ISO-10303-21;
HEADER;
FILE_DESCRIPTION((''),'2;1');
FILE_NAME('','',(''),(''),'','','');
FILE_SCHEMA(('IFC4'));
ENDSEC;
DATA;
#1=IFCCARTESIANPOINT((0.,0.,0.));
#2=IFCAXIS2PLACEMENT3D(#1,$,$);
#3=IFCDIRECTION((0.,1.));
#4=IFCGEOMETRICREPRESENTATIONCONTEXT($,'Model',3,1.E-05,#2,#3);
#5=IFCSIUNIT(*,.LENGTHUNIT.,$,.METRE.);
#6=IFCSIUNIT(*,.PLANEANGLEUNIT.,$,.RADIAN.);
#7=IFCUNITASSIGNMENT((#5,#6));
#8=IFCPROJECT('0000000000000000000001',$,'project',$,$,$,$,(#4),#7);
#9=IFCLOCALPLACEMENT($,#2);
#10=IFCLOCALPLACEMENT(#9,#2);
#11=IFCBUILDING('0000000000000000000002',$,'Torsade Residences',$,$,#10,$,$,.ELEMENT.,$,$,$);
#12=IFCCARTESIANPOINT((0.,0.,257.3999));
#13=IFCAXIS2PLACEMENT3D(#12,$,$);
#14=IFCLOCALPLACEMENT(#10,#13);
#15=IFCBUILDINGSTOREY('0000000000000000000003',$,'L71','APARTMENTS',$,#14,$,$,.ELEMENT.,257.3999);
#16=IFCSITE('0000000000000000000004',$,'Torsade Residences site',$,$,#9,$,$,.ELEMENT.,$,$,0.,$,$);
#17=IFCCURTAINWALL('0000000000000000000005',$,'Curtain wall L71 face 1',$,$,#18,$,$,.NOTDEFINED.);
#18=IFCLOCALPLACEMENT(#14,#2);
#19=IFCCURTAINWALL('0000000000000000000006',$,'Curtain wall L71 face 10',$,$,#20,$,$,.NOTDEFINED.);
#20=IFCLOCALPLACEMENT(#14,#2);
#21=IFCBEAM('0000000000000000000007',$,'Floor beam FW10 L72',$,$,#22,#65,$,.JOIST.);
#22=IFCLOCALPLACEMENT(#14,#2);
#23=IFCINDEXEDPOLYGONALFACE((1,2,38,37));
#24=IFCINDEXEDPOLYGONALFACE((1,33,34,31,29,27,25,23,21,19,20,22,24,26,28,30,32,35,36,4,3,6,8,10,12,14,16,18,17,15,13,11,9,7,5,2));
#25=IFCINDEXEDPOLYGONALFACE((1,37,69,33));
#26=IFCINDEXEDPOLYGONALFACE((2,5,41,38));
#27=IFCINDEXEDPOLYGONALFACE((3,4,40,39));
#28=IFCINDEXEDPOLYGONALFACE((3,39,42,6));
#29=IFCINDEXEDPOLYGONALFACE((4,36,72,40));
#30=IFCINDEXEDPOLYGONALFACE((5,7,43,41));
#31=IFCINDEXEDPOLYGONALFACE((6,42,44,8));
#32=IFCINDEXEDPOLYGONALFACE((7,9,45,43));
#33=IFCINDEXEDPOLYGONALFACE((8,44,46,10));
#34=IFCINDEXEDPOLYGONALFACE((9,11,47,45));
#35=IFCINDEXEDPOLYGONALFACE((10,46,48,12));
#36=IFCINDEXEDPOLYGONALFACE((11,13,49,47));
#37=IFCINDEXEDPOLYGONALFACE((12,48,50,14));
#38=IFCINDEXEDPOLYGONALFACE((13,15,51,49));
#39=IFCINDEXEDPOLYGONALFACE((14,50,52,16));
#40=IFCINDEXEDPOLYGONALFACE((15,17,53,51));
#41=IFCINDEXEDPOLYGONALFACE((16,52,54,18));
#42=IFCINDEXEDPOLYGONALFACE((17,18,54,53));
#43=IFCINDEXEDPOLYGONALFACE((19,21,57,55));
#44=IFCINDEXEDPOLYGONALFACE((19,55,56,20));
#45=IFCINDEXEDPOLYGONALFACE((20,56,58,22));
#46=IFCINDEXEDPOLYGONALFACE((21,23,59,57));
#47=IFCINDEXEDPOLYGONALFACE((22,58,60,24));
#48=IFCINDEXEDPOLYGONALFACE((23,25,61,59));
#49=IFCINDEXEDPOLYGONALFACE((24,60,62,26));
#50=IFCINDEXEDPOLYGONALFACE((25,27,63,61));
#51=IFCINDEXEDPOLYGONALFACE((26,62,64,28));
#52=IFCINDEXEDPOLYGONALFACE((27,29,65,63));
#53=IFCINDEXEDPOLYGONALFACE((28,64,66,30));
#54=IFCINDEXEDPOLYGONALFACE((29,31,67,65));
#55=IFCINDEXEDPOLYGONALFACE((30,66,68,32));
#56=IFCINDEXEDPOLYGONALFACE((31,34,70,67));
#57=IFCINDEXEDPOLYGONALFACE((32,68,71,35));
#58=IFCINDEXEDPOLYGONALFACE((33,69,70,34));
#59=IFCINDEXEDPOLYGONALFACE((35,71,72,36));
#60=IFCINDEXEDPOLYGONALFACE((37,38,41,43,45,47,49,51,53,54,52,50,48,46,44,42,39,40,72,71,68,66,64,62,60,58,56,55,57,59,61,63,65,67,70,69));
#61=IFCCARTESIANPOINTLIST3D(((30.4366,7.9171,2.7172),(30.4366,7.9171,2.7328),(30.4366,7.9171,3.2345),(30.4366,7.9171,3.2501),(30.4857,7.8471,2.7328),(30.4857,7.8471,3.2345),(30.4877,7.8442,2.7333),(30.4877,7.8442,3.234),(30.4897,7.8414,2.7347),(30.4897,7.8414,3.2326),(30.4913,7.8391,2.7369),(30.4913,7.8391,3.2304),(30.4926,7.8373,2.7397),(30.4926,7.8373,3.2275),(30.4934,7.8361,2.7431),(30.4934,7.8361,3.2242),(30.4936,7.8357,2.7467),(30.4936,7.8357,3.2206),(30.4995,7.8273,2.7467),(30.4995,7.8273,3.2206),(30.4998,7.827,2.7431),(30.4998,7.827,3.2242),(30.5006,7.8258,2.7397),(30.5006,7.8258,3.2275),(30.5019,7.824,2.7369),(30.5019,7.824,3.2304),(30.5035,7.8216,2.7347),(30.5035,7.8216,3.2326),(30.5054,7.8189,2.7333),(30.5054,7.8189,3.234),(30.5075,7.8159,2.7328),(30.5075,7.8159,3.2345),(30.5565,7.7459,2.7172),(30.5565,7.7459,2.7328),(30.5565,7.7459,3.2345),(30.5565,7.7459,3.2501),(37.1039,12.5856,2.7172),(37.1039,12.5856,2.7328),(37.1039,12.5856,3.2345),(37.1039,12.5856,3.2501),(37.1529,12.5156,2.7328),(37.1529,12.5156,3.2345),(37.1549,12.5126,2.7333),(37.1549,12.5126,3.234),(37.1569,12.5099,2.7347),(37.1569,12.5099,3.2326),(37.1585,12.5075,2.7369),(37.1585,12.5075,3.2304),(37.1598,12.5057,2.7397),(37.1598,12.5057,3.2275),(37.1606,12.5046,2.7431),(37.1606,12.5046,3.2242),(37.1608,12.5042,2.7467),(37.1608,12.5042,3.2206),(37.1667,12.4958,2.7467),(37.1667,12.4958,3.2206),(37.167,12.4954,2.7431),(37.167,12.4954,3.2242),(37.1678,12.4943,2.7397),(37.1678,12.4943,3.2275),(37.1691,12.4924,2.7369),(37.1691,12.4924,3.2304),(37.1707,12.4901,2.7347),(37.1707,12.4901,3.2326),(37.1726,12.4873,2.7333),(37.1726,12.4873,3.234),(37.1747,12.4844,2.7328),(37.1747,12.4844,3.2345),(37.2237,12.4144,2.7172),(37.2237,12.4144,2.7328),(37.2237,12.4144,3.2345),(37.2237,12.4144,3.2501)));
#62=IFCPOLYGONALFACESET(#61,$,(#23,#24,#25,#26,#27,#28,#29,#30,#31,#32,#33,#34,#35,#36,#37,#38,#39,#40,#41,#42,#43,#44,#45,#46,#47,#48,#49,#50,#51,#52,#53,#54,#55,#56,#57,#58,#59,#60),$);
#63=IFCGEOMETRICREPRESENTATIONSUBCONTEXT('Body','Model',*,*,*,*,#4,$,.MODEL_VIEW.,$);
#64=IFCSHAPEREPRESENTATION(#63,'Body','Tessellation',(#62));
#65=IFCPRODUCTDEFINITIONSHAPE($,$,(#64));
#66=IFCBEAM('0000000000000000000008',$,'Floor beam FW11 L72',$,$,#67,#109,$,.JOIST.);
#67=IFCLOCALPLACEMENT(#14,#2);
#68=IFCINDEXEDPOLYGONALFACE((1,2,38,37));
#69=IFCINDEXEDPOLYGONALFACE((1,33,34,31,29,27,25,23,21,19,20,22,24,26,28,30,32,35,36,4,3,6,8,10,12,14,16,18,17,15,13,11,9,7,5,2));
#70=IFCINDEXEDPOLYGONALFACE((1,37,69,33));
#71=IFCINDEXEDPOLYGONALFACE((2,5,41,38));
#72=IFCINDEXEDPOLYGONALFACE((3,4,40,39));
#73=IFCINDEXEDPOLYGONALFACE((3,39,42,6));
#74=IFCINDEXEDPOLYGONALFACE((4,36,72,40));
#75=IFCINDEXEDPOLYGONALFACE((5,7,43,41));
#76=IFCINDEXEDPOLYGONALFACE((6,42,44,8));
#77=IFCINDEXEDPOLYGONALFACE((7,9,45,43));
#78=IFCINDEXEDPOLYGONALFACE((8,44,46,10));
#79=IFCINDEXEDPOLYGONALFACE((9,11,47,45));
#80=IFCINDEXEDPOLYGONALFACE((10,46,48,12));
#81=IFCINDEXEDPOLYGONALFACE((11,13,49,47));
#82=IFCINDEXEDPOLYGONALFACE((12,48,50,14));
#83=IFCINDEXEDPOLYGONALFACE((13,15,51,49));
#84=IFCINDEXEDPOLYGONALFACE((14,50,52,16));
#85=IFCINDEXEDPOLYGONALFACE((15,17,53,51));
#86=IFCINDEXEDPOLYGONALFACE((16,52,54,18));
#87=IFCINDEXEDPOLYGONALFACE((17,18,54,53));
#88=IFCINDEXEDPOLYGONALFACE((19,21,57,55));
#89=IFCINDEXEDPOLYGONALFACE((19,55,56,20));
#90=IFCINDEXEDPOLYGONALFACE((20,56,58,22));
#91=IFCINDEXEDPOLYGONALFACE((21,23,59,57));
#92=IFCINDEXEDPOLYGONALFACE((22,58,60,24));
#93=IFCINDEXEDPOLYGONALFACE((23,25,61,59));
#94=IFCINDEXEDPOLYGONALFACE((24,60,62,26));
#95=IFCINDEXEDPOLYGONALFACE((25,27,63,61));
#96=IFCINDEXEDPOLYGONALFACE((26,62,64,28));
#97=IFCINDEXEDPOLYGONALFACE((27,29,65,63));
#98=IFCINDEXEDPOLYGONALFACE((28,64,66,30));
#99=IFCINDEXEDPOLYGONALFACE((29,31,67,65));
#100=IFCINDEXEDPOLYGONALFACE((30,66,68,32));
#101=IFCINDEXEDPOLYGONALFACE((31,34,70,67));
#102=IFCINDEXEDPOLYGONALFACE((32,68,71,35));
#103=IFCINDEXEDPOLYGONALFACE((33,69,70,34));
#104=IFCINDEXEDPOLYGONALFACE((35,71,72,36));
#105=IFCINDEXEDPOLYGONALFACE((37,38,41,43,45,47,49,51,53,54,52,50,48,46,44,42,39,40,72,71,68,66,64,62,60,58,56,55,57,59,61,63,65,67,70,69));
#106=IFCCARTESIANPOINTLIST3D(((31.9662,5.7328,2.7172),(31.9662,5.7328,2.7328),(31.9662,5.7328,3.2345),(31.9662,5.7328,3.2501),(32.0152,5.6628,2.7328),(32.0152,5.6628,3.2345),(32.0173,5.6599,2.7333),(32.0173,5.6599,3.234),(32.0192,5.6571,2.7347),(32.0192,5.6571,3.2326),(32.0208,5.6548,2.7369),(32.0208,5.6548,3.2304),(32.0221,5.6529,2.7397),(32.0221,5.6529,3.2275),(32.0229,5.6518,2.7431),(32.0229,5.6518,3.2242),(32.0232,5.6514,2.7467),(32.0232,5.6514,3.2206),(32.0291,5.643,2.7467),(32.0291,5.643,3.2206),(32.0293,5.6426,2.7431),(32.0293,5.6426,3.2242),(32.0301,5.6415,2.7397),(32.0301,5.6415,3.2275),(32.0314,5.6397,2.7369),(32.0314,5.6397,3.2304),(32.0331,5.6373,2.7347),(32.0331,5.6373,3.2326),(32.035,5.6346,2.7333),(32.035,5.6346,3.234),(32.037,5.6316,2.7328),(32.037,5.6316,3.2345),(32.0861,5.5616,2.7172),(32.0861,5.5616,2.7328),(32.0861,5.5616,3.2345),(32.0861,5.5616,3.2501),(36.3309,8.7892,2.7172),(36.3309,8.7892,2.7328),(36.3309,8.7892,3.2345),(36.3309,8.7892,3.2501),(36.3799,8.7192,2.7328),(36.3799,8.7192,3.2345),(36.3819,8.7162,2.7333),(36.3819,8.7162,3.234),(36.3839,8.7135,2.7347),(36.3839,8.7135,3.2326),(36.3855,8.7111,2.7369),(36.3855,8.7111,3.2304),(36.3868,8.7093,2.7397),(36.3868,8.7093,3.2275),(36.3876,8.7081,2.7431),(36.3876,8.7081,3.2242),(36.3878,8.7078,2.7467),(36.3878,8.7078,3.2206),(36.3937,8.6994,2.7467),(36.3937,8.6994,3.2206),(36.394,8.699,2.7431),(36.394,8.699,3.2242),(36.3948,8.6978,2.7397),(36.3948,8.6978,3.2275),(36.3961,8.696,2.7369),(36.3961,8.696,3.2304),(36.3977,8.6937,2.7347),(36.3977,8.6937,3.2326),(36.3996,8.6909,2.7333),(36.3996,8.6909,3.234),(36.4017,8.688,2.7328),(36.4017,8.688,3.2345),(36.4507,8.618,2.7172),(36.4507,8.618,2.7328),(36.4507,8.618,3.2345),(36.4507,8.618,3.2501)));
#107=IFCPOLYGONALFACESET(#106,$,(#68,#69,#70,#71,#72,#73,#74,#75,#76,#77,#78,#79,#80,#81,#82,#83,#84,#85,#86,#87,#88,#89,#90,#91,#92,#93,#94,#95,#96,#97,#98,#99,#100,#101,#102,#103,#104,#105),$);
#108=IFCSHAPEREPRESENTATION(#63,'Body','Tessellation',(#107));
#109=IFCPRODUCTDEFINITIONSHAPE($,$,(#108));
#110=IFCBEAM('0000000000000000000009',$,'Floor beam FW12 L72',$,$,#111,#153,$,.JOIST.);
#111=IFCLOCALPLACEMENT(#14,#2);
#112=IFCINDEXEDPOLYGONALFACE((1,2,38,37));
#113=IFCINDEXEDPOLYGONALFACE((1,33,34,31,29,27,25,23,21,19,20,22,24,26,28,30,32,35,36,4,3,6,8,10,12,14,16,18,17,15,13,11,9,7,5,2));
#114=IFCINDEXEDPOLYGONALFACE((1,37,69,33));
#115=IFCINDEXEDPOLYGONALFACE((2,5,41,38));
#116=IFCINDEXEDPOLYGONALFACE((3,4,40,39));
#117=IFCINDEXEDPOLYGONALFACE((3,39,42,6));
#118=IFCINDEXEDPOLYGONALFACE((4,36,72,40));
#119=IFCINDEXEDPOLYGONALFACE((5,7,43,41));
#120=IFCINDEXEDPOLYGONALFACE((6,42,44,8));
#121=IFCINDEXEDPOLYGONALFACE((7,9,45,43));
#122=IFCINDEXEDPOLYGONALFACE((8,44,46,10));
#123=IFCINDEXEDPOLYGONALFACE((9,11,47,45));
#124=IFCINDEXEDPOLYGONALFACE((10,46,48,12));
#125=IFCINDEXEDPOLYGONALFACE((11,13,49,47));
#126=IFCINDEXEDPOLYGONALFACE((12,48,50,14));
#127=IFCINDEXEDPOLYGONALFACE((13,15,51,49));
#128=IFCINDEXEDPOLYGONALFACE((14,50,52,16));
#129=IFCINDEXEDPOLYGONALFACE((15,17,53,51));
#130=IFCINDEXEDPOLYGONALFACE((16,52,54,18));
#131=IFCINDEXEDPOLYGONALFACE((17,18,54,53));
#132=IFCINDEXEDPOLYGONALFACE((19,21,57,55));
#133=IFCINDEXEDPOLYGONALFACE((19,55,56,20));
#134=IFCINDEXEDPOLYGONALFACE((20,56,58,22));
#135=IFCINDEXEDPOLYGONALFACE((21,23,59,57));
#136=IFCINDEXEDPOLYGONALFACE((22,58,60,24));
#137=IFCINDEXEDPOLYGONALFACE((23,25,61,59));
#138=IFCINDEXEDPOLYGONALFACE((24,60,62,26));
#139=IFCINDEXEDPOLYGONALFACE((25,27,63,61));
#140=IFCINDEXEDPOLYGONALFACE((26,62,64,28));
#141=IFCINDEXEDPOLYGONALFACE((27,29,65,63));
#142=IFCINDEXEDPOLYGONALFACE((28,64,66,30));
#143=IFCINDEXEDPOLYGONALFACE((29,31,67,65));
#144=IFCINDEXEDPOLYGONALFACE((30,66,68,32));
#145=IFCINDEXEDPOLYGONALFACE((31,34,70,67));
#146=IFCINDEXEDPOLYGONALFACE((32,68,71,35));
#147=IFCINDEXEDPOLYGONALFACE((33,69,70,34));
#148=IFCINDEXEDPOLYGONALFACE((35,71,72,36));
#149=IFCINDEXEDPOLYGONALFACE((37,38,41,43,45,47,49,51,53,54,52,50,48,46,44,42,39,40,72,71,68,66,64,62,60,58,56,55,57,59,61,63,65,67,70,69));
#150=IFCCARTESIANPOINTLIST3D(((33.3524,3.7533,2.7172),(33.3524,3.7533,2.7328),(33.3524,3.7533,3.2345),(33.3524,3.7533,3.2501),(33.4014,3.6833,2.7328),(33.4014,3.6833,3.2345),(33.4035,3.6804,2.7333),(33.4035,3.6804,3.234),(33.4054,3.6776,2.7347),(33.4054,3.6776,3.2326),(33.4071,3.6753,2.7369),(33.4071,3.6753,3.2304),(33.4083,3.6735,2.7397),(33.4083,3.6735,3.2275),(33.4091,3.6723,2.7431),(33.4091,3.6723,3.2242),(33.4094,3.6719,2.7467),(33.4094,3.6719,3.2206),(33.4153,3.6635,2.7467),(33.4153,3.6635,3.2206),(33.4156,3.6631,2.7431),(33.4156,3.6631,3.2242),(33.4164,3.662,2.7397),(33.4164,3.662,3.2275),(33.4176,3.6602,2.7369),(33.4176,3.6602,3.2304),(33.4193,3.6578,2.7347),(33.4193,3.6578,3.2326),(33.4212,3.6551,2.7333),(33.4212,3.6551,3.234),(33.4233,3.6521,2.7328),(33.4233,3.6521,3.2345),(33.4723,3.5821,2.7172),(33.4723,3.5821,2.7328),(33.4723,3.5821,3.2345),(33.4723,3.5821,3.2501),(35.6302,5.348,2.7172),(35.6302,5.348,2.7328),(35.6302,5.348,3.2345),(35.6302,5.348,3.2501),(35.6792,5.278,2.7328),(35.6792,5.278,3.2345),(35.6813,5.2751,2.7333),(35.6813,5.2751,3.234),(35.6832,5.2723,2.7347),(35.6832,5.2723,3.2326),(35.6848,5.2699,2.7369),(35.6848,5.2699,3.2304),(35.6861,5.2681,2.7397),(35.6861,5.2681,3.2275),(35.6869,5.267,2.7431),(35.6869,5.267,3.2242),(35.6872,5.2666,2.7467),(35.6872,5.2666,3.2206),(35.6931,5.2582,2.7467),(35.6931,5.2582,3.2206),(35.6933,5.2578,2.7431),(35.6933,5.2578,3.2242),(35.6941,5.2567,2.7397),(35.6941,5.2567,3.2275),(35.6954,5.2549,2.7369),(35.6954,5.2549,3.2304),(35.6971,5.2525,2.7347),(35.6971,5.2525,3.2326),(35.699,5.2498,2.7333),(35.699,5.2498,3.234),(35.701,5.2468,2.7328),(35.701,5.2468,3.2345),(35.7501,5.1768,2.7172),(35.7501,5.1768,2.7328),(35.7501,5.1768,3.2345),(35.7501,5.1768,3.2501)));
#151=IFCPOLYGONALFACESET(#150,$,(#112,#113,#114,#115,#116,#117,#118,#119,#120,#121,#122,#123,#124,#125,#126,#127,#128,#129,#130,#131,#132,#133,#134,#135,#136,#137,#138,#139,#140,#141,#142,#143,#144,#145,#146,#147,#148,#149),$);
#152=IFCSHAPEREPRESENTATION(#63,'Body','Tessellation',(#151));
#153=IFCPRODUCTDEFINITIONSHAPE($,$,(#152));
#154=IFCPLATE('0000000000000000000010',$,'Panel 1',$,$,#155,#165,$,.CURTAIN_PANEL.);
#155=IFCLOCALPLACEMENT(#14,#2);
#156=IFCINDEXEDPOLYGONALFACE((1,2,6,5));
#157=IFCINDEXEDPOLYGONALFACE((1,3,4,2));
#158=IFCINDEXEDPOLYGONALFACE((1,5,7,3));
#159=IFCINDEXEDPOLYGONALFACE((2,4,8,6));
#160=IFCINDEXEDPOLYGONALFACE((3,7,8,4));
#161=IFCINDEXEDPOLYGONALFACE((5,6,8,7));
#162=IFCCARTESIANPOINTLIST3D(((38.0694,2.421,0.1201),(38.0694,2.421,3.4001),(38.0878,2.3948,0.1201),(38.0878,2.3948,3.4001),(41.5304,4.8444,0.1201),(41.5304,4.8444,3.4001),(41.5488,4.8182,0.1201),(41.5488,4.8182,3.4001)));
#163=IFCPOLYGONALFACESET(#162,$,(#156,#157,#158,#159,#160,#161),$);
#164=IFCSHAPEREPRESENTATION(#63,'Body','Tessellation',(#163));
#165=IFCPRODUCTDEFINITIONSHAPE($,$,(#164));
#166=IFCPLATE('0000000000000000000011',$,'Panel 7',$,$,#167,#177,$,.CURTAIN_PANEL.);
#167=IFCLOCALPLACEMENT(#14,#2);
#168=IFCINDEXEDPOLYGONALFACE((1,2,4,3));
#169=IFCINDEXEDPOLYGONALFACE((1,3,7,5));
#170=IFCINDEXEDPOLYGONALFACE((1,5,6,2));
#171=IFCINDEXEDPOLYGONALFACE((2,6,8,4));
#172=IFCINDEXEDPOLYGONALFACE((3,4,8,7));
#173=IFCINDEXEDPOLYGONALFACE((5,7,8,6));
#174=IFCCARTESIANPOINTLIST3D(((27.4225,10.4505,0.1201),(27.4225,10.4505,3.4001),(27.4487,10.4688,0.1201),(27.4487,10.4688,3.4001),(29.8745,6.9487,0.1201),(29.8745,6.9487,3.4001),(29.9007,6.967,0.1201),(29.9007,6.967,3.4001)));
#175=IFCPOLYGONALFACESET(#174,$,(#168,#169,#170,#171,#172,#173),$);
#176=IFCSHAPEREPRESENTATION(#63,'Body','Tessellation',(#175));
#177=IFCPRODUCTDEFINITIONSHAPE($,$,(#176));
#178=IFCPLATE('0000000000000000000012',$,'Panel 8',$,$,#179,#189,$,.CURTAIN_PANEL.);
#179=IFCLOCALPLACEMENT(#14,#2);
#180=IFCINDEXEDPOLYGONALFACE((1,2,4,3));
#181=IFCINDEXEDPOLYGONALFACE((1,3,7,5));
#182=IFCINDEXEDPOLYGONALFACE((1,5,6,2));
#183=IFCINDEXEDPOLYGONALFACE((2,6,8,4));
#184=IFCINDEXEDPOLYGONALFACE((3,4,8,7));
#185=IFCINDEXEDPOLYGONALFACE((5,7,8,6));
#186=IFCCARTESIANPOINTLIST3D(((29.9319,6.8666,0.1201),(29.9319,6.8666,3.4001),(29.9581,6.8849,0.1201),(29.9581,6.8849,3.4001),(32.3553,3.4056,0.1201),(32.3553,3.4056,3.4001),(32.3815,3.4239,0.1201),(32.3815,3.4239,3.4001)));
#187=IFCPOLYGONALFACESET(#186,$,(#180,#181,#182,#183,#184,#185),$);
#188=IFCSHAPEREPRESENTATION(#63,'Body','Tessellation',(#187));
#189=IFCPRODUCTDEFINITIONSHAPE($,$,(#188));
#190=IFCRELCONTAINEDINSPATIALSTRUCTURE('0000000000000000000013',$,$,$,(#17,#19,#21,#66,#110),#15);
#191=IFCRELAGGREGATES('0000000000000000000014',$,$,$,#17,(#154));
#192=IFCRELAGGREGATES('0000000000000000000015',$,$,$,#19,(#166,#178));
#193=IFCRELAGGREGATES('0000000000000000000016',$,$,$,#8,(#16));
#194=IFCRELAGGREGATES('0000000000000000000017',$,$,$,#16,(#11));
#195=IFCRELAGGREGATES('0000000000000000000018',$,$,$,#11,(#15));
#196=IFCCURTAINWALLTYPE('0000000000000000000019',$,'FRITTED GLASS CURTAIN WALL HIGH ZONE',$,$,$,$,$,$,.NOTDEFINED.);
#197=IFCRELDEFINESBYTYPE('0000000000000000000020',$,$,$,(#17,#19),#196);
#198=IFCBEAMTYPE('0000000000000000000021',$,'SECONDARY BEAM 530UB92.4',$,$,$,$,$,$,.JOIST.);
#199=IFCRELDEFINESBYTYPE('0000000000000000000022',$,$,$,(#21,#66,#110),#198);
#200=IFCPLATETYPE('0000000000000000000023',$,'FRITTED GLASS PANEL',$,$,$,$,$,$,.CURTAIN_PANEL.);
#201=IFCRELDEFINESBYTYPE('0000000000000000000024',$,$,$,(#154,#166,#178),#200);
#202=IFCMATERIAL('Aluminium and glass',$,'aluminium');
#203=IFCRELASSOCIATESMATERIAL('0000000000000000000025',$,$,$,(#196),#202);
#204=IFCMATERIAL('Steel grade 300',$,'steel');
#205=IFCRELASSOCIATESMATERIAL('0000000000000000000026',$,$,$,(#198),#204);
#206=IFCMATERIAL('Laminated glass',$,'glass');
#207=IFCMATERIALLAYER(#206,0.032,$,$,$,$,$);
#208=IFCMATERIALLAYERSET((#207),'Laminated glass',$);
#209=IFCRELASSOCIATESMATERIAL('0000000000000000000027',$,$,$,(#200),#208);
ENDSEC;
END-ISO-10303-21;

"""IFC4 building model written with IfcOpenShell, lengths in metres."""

from ifc_helpers import new_model, si_unit, direction, frame, origin, origin_2d, place, context, subcontext, project, spatial, rectangle, i_section, extrude, material, layer, layer_set, material_profile, profile_set, type_object, element, aggregate, save


model = new_model("IFC4")

# Units and contexts
model_context = context("Model", 3, precision=1e-05, world=origin(), true_north=direction((0.0, 1.0)))
body_context = subcontext(model_context, "Body", "Model", "MODEL_VIEW")
ifc_project = project(units=[si_unit("LENGTHUNIT", "METRE"), si_unit("PLANEANGLEUNIT", "RADIAN")], contexts=[model_context])

# Site, building, storey
site_placement = place(None, origin())
site = spatial("IfcSite", under=ifc_project, at=site_placement, Name="Torsade Residences site", CompositionType="ELEMENT", RefElevation=0.0)
building_placement = place(site_placement, origin())
building = spatial("IfcBuilding", under=site, at=building_placement, Name="Torsade Residences", CompositionType="ELEMENT")
storey_placement = place(building_placement, frame((0.0, 0.0, 257.3999)))
storey = spatial("IfcBuildingStorey", under=building, at=storey_placement, Name="L71", Description="APARTMENTS", CompositionType="ELEMENT", Elevation=257.3999)

# Curtain wall
ifc_material_1 = material(Name="Aluminium and glass", Category="aluminium")
curtain_wall_type = type_object("IfcCurtainWallType", Name="FRITTED GLASS CURTAIN WALL HIGH ZONE", PredefinedType="NOTDEFINED", material=ifc_material_1)
curtain_wall_1_placement = place(storey_placement, origin())
curtain_wall_1 = element("IfcCurtainWall", 1, at=curtain_wall_1_placement, inside=storey, type_object=curtain_wall_type, Name="Curtain wall L71 face 1", PredefinedType="NOTDEFINED")

# Curtain wall
curtain_wall_2_placement = place(storey_placement, origin())
curtain_wall_2 = element("IfcCurtainWall", 2, at=curtain_wall_2_placement, inside=storey, type_object=curtain_wall_type, Name="Curtain wall L71 face 10", PredefinedType="NOTDEFINED")

# Beams
ifc_material_2 = material(Name="Steel grade 300", Category="steel")
ifc_material_profile_1 = material_profile(ifc_material_2, i_section(OverallWidth=0.209, OverallDepth=0.533, WebThickness=0.0103, FlangeThickness=0.0156, FilletRadius=0.0139, at=origin_2d()), Name="530UB92.4")
ifc_profile_set_1 = profile_set([ifc_material_profile_1], Name="Steel grade 300")
beam_type_1 = type_object("IfcBeamType", Name="SECONDARY BEAM 530UB92.4", PredefinedType="JOIST", material=ifc_profile_set_1)
beam_1_placement = place(storey_placement, frame((30.4966, 7.8315, 2.9836), z_axis=(0.819152, 0.573577, 0.0), x_axis=(-0.573577, 0.819152, 0.0)))
element("IfcBeam", 3, at=beam_1_placement, inside=storey, type_object=beam_type_1, Name="Floor beam FW10 L72", PredefinedType="JOIST", context=body_context, shape_type="SweptSolid", body=[
    extrude(i_section(OverallWidth=0.209, OverallDepth=0.533, WebThickness=0.0103, FlangeThickness=0.0156, FilletRadius=0.0139, at=origin_2d()), origin(), (0.0, 0.0, 1.0), 8.1392),
])
beam_2_placement = place(storey_placement, frame((32.0261, 5.6472, 2.9836), z_axis=(0.819137, 0.573598, 0.0), x_axis=(-0.573598, 0.819137, 0.0)))
element("IfcBeam", 4, at=beam_2_placement, inside=storey, type_object=beam_type_1, Name="Floor beam FW11 L72", PredefinedType="JOIST", context=body_context, shape_type="SweptSolid", body=[
    extrude(i_section(OverallWidth=0.209, OverallDepth=0.533, WebThickness=0.0103, FlangeThickness=0.0156, FilletRadius=0.0139, at=origin_2d()), origin(), (0.0, 0.0, 1.0), 5.3284),
])
beam_3_placement = place(storey_placement, frame((33.4124, 3.6677, 2.9836), z_axis=(0.819191, 0.573521, 0.0), x_axis=(-0.573521, 0.819191, 0.0)))
element("IfcBeam", 5, at=beam_3_placement, inside=storey, type_object=beam_type_1, Name="Floor beam FW12 L72", PredefinedType="JOIST", context=body_context, shape_type="SweptSolid", body=[
    extrude(i_section(OverallWidth=0.209, OverallDepth=0.533, WebThickness=0.0103, FlangeThickness=0.0156, FilletRadius=0.0139, at=origin_2d()), origin(), (0.0, 0.0, 1.0), 2.7805),
])

# Plates
ifc_material_3 = material(Name="Laminated glass", Category="glass")
ifc_layer_1 = layer(ifc_material_3, 0.032)
ifc_layer_set_1 = layer_set([ifc_layer_1], Name="Laminated glass")
plate_type = type_object("IfcPlateType", Name="FRITTED GLASS PANEL", PredefinedType="CURTAIN_PANEL", material=ifc_layer_set_1)
plate_1_placement = place(storey_placement, frame((39.8091, 3.6196, 0.1201), z_axis=(0.0, 0.0, 1.0), x_axis=(0.819152, 0.573576, 0.0)))
plate_1 = element("IfcPlate", 6, at=plate_1_placement, type_object=plate_type, Name="Panel 1", PredefinedType="CURTAIN_PANEL", context=body_context, shape_type="SweptSolid", body=[
    extrude(rectangle(XDim=4.2251, YDim=0.032, at=origin_2d()), origin(), (0.0, 0.0, 1.0), 3.28),
])
aggregate(curtain_wall_1, [plate_1])
plate_2_placement = place(storey_placement, frame((28.6616, 8.7087, 0.1201), z_axis=(0.0, 0.0, 1.0), x_axis=(0.573576, -0.819152, 0.0)))
plate_2 = element("IfcPlate", 7, at=plate_2_placement, type_object=plate_type, Name="Panel 7", PredefinedType="CURTAIN_PANEL", context=body_context, shape_type="SweptSolid", body=[
    extrude(rectangle(XDim=4.2749, YDim=0.032, at=origin_2d()), origin(), (0.0, 0.0, 1.0), 3.28),
])
plate_3_placement = place(storey_placement, frame((31.1567, 5.1453, 0.1201), z_axis=(0.0, 0.0, 1.0), x_axis=(0.573576, -0.819152, 0.0)))
plate_3 = element("IfcPlate", 8, at=plate_3_placement, type_object=plate_type, Name="Panel 8", PredefinedType="CURTAIN_PANEL", context=body_context, shape_type="SweptSolid", body=[
    extrude(rectangle(XDim=4.2251, YDim=0.032, at=origin_2d()), origin(), (0.0, 0.0, 1.0), 3.28),
])
aggregate(curtain_wall_2, [plate_2, plate_3])

save(model, "model.ifc")
